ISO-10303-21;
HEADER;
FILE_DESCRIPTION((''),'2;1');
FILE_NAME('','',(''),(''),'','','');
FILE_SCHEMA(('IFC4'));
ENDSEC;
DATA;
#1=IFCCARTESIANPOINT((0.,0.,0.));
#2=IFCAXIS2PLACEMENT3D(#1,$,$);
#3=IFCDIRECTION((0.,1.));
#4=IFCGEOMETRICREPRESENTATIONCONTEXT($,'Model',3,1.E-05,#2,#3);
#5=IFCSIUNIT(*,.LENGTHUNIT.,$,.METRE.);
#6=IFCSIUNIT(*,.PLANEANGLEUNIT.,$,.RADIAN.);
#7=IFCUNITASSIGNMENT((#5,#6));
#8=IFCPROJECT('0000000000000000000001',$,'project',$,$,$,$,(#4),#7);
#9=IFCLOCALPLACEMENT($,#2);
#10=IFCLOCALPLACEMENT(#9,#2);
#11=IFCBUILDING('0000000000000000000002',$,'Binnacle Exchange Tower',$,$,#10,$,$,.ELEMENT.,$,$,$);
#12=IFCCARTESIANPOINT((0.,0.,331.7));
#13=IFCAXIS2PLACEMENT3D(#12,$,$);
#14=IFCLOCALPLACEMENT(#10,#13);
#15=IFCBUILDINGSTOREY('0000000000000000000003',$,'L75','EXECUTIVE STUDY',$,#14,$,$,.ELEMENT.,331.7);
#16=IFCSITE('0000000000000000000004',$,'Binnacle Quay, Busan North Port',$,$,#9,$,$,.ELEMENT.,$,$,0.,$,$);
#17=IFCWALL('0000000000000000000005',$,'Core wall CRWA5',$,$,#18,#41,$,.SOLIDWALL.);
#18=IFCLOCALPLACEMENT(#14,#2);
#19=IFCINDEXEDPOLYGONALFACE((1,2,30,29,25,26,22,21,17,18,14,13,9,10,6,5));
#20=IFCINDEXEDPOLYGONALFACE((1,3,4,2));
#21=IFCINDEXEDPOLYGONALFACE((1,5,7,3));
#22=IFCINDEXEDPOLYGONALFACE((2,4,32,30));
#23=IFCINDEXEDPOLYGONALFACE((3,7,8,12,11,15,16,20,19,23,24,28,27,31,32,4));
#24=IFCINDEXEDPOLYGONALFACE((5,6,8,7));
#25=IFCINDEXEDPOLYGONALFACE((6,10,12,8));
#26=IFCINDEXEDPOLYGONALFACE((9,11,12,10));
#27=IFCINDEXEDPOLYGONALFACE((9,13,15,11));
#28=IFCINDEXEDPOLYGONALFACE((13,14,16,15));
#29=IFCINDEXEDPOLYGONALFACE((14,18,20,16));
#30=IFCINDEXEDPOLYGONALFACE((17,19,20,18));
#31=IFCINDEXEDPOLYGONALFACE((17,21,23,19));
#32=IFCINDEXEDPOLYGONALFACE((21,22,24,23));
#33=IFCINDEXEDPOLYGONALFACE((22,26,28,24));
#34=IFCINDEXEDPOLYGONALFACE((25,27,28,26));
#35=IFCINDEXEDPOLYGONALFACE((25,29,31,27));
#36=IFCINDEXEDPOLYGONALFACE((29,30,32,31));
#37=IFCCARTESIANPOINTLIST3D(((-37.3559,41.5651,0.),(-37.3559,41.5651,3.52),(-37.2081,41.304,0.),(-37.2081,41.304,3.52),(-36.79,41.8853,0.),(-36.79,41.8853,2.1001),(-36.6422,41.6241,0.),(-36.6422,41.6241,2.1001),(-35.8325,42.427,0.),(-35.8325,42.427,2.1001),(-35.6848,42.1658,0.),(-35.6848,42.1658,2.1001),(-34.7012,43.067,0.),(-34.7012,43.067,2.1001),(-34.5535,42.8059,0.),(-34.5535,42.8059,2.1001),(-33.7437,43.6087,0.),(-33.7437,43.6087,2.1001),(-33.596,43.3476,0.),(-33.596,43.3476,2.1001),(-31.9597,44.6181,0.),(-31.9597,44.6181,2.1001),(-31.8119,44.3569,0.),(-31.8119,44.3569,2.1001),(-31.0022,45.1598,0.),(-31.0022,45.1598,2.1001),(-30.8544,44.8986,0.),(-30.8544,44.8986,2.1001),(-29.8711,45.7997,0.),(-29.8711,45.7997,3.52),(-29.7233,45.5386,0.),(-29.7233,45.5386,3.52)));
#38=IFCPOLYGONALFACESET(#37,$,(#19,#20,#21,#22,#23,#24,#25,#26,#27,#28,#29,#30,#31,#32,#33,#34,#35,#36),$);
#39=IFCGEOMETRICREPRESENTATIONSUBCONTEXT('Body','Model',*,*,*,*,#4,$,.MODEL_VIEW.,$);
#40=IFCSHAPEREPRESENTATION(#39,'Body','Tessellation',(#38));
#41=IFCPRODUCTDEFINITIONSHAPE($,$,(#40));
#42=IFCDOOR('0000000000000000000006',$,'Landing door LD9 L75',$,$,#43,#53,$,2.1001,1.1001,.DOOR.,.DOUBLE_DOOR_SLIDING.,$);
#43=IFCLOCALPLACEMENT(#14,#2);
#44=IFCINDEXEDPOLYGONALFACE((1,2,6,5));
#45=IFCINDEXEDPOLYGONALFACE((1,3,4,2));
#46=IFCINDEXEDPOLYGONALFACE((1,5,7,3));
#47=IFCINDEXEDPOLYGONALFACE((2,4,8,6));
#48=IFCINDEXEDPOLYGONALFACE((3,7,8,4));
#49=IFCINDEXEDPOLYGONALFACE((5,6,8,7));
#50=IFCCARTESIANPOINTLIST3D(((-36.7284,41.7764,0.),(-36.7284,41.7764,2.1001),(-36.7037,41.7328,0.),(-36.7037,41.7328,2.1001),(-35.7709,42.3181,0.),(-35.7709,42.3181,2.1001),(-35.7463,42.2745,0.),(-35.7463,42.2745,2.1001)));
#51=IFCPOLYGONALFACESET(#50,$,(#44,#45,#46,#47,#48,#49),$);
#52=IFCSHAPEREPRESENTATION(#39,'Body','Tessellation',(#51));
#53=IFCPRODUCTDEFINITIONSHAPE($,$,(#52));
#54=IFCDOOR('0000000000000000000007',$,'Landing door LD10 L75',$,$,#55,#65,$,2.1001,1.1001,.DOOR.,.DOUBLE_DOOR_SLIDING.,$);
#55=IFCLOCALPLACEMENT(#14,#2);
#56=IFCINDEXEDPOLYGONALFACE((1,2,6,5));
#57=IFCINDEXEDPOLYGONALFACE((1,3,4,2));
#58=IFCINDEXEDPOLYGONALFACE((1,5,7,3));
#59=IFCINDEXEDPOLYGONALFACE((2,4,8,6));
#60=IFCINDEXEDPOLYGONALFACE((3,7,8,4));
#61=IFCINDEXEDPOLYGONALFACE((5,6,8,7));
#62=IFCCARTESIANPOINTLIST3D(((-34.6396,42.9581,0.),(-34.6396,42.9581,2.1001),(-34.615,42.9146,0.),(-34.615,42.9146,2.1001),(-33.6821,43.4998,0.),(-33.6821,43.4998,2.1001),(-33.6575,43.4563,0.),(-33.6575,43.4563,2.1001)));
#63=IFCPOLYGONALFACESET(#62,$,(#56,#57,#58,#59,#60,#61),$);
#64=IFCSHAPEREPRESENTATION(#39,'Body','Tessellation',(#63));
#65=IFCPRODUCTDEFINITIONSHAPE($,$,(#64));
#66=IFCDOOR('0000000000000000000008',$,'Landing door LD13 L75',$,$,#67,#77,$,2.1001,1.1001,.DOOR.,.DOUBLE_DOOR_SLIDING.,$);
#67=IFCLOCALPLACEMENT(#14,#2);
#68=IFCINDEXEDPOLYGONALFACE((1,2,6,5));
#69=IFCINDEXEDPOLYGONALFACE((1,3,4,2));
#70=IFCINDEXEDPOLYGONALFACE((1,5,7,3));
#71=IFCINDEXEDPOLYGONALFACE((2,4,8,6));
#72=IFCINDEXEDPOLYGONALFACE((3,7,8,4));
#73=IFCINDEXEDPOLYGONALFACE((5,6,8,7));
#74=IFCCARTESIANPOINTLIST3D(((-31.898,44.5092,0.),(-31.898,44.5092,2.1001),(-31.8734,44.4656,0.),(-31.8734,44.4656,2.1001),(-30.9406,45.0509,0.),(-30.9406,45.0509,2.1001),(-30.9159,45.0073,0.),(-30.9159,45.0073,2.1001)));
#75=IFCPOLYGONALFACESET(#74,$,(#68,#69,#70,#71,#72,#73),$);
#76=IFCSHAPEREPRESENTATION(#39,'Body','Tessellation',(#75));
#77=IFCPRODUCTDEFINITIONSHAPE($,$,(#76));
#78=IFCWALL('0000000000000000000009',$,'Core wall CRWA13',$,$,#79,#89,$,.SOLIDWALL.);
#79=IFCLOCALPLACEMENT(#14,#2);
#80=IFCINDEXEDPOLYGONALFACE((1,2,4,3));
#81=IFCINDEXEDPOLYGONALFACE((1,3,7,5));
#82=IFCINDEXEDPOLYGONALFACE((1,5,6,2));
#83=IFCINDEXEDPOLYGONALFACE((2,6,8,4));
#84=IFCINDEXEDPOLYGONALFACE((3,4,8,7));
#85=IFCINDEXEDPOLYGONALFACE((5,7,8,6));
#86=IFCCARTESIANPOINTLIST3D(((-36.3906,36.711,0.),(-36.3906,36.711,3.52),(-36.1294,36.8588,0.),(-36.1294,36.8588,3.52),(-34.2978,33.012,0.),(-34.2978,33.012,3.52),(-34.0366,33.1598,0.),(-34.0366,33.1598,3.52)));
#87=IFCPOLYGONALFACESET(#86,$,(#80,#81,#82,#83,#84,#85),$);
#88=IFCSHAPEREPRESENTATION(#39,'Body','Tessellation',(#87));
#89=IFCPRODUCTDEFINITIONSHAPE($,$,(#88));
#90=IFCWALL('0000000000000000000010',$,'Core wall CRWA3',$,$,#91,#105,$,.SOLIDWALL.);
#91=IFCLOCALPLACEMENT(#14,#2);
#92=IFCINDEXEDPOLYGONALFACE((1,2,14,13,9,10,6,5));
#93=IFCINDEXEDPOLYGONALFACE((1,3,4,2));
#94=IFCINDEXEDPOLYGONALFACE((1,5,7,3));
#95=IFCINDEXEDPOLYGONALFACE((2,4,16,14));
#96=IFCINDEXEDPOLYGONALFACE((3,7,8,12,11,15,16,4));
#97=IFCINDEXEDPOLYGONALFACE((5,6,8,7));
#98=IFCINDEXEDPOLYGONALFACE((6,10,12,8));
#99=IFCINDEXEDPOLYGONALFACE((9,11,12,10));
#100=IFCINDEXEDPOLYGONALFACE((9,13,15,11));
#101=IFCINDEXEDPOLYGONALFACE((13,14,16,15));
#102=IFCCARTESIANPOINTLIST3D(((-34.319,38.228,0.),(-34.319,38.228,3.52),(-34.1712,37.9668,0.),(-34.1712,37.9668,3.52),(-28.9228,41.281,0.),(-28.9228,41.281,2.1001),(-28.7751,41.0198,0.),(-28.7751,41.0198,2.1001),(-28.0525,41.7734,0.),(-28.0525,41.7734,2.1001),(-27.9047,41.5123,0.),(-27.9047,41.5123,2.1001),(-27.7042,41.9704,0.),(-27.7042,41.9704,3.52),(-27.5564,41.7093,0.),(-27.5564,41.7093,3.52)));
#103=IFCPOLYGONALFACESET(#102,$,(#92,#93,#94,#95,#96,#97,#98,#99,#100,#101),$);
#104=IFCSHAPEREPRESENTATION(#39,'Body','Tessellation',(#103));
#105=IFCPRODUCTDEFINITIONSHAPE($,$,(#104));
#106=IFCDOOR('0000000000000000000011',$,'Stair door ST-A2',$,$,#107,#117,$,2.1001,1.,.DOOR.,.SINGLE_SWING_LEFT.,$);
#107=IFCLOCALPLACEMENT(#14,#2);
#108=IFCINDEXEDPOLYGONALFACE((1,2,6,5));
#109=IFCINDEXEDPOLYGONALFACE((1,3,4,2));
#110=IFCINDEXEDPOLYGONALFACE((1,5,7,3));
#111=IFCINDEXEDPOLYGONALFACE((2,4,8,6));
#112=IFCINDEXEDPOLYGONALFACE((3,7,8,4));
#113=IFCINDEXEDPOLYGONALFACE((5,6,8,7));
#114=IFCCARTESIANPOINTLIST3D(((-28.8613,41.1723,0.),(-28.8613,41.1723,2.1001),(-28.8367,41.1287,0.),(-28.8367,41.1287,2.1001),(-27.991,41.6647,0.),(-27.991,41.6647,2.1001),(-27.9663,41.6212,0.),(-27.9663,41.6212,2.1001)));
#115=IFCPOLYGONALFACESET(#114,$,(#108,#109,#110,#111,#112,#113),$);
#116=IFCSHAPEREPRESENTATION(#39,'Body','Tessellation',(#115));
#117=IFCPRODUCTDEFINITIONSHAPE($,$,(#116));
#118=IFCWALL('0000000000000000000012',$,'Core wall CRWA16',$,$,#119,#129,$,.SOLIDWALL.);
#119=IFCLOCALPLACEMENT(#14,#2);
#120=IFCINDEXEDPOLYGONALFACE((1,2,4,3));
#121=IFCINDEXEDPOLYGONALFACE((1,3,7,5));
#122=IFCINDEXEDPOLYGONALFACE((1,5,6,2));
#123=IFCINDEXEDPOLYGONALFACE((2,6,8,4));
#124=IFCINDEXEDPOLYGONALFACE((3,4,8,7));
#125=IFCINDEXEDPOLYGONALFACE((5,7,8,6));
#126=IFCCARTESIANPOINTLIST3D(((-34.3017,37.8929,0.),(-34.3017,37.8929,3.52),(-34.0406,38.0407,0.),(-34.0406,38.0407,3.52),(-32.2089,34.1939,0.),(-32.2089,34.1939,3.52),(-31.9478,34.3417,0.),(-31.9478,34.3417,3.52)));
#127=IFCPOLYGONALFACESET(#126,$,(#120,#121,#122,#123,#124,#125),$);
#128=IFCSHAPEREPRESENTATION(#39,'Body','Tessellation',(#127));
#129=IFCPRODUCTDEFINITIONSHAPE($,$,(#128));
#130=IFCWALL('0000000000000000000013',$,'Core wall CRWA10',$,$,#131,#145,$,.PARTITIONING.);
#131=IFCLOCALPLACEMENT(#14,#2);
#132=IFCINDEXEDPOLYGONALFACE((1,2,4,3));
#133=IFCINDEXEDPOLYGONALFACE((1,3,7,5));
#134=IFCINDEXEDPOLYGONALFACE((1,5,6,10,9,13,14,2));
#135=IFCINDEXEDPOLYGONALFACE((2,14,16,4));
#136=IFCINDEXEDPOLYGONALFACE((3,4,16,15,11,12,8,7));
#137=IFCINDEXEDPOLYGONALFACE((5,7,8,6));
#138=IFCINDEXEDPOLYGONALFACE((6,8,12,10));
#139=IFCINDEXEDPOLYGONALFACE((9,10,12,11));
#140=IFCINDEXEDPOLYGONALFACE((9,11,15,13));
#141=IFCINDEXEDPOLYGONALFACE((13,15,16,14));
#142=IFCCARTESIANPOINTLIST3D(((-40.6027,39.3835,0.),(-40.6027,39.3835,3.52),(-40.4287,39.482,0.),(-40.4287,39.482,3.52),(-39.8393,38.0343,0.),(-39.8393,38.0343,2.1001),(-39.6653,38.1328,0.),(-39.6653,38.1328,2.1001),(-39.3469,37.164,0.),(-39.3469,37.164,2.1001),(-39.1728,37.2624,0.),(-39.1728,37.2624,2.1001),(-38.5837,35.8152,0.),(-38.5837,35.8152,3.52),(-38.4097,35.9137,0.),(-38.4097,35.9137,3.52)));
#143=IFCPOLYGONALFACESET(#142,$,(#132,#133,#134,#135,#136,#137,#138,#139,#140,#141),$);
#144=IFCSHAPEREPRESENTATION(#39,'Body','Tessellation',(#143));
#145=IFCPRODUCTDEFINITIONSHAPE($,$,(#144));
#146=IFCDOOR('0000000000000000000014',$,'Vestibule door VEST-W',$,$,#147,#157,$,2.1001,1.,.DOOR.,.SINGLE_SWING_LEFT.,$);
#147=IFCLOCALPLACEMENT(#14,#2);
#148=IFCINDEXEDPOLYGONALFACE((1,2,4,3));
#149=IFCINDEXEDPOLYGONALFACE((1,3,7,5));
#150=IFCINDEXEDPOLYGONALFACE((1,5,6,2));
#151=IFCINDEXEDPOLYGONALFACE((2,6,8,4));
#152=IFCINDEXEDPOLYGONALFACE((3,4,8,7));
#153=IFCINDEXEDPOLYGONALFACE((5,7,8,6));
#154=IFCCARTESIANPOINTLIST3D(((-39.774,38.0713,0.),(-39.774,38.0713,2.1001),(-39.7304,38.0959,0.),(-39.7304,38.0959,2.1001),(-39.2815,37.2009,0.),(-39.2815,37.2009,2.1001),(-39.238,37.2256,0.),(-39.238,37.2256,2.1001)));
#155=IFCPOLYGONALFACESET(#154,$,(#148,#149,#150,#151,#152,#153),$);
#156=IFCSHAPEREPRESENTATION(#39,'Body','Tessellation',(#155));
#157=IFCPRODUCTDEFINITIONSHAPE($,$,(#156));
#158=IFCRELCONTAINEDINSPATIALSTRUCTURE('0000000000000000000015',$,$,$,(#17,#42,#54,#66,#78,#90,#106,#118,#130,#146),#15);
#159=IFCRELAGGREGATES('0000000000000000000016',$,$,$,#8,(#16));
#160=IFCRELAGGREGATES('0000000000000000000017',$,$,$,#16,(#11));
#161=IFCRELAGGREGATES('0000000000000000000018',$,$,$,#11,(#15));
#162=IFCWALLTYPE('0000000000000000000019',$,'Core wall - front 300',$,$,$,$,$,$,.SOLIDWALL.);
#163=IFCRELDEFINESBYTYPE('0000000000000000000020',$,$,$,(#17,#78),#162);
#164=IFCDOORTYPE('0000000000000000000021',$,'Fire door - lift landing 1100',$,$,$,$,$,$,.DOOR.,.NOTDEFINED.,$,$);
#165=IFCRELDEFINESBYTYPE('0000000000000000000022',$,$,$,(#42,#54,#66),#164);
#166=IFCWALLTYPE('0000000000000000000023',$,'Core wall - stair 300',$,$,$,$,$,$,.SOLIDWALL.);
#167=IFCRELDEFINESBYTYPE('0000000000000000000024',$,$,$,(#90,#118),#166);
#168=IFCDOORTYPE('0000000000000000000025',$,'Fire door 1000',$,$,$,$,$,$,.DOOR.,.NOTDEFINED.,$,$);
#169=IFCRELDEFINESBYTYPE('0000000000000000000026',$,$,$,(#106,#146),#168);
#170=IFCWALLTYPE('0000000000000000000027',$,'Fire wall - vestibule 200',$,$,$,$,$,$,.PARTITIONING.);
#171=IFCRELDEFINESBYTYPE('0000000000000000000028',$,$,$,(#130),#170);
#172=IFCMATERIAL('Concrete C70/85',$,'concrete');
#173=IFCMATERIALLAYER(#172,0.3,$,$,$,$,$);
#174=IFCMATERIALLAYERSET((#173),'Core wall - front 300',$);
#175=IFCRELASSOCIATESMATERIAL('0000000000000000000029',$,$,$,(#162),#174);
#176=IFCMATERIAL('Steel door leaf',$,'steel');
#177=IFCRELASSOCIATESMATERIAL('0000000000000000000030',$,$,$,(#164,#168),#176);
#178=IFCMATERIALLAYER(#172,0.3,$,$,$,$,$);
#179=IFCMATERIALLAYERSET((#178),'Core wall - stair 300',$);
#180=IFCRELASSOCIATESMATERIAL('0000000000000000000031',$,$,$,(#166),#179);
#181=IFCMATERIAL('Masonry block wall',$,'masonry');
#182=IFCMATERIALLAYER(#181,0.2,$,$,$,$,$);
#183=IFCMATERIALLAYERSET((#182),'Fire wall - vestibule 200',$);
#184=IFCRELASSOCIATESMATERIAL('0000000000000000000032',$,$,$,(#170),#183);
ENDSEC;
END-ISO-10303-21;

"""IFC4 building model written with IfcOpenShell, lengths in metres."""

from ifc_helpers import new_model, si_unit, direction, frame, frame_2d, origin, place, context, subcontext, project, spatial, rectangle, extrude, material, layer, layer_set, type_object, element, fill, save


model = new_model("IFC4")

# Units and contexts
model_context = context("Model", 3, precision=1e-05, world=origin(), true_north=direction((0.0, 1.0)))
body_context = subcontext(model_context, "Body", "Model", "MODEL_VIEW")
ifc_project = project(units=[si_unit("LENGTHUNIT", "METRE"), si_unit("PLANEANGLEUNIT", "RADIAN")], contexts=[model_context])

# Site, building, storey
site_placement = place(None, origin())
site = spatial("IfcSite", under=ifc_project, at=site_placement, Name="Binnacle Quay, Busan North Port", CompositionType="ELEMENT", RefElevation=0.0)
building_placement = place(site_placement, origin())
building = spatial("IfcBuilding", under=site, at=building_placement, Name="Binnacle Exchange Tower", CompositionType="ELEMENT")
storey_placement = place(building_placement, frame((0.0, 0.0, 331.7)))
storey = spatial("IfcBuildingStorey", under=building, at=storey_placement, Name="L75", Description="EXECUTIVE STUDY", CompositionType="ELEMENT", Elevation=331.7)

# Wall, openings, doors
ifc_material_1 = material(Name="Concrete C70/85", Category="concrete")
ifc_layer_1 = layer(ifc_material_1, 0.3)
ifc_layer_set_1 = layer_set([ifc_layer_1], Name="Core wall - front 300")
wall_type_1 = type_object("IfcWallType", Name="Core wall - front 300", PredefinedType="SOLIDWALL", material=ifc_layer_set_1)
wall_1_placement = place(storey_placement, frame((-37.282, 41.4346, 0.0), z_axis=(0.0, 0.0, 1.0), x_axis=(0.870361, 0.492414, 0.0)))
wall_1 = element("IfcWall", 1, at=wall_1_placement, inside=storey, type_object=wall_type_1, Name="Core wall CRWA5", PredefinedType="SOLIDWALL", context=body_context, shape_type="SweptSolid", body=[
    extrude(rectangle(XDim=8.5996, YDim=0.3, at=frame_2d((4.2998, 0.0))), origin(), (0.0, 0.0, 1.0), 3.52),
])
opening_1_placement = place(wall_1_placement, frame((0.6501, 0.0, 0.0)))
opening_1 = element("IfcOpeningElement", 2, at=opening_1_placement, cuts=wall_1, PredefinedType="OPENING", context=body_context, shape_type="SweptSolid", body=[
    extrude(rectangle(XDim=1.1001, YDim=2.1001, at=frame_2d((0.55, 1.05))), frame((0.0, 0.1599, 0.0), z_axis=(0.0, -1.0, 0.0), x_axis=(1.0, 0.0, 0.0)), (0.0, 0.0, 1.0), 0.3201),
])
opening_2_placement = place(wall_1_placement, frame((3.05, 0.0, 0.0)))
opening_2 = element("IfcOpeningElement", 3, at=opening_2_placement, cuts=wall_1, PredefinedType="OPENING", context=body_context, shape_type="SweptSolid", body=[
    extrude(rectangle(XDim=1.1001, YDim=2.1001, at=frame_2d((0.55, 1.05))), frame((0.0, 0.1599, 0.0), z_axis=(0.0, -1.0, 0.0), x_axis=(1.0, 0.0, 0.0)), (0.0, 0.0, 1.0), 0.3201),
])
opening_3_placement = place(wall_1_placement, frame((6.2, 0.0, 0.0)))
opening_3 = element("IfcOpeningElement", 4, at=opening_3_placement, cuts=wall_1, PredefinedType="OPENING", context=body_context, shape_type="SweptSolid", body=[
    extrude(rectangle(XDim=1.1001, YDim=2.1001, at=frame_2d((0.55, 1.05))), frame((0.0, 0.1599, 0.0), z_axis=(0.0, -1.0, 0.0), x_axis=(1.0, 0.0, 0.0)), (0.0, 0.0, 1.0), 0.3201),
])
ifc_material_2 = material(Name="Steel door leaf", Category="steel")
door_type_1 = type_object("IfcDoorType", Name="Fire door - lift landing 1100", OperationType="NOTDEFINED", PredefinedType="DOOR", material=ifc_material_2)
door_1_placement = place(opening_1_placement, origin())
door_1 = element("IfcDoor", 5, at=door_1_placement, inside=storey, type_object=door_type_1, Name="Landing door LD9 L75", OperationType="DOUBLE_DOOR_SLIDING", OverallHeight=2.1001, OverallWidth=1.1001, PredefinedType="DOOR", context=body_context, shape_type="SweptSolid", body=[
    extrude(rectangle(XDim=1.1001, YDim=2.1001, at=frame_2d((0.55, 1.05))), frame((0.0, 0.0249, 0.0), z_axis=(0.0, -1.0, 0.0), x_axis=(1.0, 0.0, 0.0)), (0.0, 0.0, 1.0), 0.05),
])
fill(opening_1, door_1)
door_2_placement = place(opening_2_placement, origin())
door_2 = element("IfcDoor", 6, at=door_2_placement, inside=storey, type_object=door_type_1, Name="Landing door LD10 L75", OperationType="DOUBLE_DOOR_SLIDING", OverallHeight=2.1001, OverallWidth=1.1001, PredefinedType="DOOR", context=body_context, shape_type="SweptSolid", body=[
    extrude(rectangle(XDim=1.1001, YDim=2.1001, at=frame_2d((0.55, 1.05))), frame((0.0, 0.0249, 0.0), z_axis=(0.0, -1.0, 0.0), x_axis=(1.0, 0.0, 0.0)), (0.0, 0.0, 1.0), 0.05),
])
fill(opening_2, door_2)
door_3_placement = place(opening_3_placement, origin())
door_3 = element("IfcDoor", 7, at=door_3_placement, inside=storey, type_object=door_type_1, Name="Landing door LD13 L75", OperationType="DOUBLE_DOOR_SLIDING", OverallHeight=2.1001, OverallWidth=1.1001, PredefinedType="DOOR", context=body_context, shape_type="SweptSolid", body=[
    extrude(rectangle(XDim=1.1001, YDim=2.1001, at=frame_2d((0.55, 1.05))), frame((0.0, 0.0249, 0.0), z_axis=(0.0, -1.0, 0.0), x_axis=(1.0, 0.0, 0.0)), (0.0, 0.0, 1.0), 0.05),
])
fill(opening_3, door_3)

# Wall
wall_2_placement = place(storey_placement, frame((-36.26, 36.7849, 0.0), z_axis=(0.0, 0.0, 1.0), x_axis=(0.492423, -0.870356, 0.0)))
element("IfcWall", 8, at=wall_2_placement, inside=storey, type_object=wall_type_1, Name="Core wall CRWA13", PredefinedType="SOLIDWALL", context=body_context, shape_type="SweptSolid", body=[
    extrude(rectangle(XDim=4.25, YDim=0.3, at=frame_2d((2.125, 0.0))), origin(), (0.0, 0.0, 1.0), 3.52),
])

# Wall, opening, door
ifc_layer_2 = layer(ifc_material_1, 0.3)
ifc_layer_set_2 = layer_set([ifc_layer_2], Name="Core wall - stair 300")
wall_type_2 = type_object("IfcWallType", Name="Core wall - stair 300", PredefinedType="SOLIDWALL", material=ifc_layer_set_2)
wall_3_placement = place(storey_placement, frame((-34.2451, 38.0974, 0.0), z_axis=(0.0, 0.0, 1.0), x_axis=(0.870356, 0.492422, 0.0)))
wall_3 = element("IfcWall", 9, at=wall_3_placement, inside=storey, type_object=wall_type_2, Name="Core wall CRWA3", PredefinedType="SOLIDWALL", context=body_context, shape_type="SweptSolid", body=[
    extrude(rectangle(XDim=7.6001, YDim=0.3, at=frame_2d((3.8, 0.0))), origin(), (0.0, 0.0, 1.0), 3.52),
])
opening_4_placement = place(wall_3_placement, frame((6.2, 0.0, 0.0)))
opening_4 = element("IfcOpeningElement", 10, at=opening_4_placement, cuts=wall_3, PredefinedType="OPENING", context=body_context, shape_type="SweptSolid", body=[
    extrude(rectangle(XDim=1.0, YDim=2.1001, at=frame_2d((0.5, 1.05))), frame((0.0, 0.1599, 0.0), z_axis=(0.0, -1.0, 0.0), x_axis=(1.0, 0.0, 0.0)), (0.0, 0.0, 1.0), 0.3201),
])
door_type_2 = type_object("IfcDoorType", Name="Fire door 1000", OperationType="NOTDEFINED", PredefinedType="DOOR", material=ifc_material_2)
door_4_placement = place(opening_4_placement, frame((1.0, 0.0, 0.0), z_axis=(0.0, 0.0, 1.0), x_axis=(-1.0, 0.0, 0.0)))
door_4 = element("IfcDoor", 11, at=door_4_placement, inside=storey, type_object=door_type_2, Name="Stair door ST-A2", OperationType="SINGLE_SWING_LEFT", OverallHeight=2.1001, OverallWidth=1.0, PredefinedType="DOOR", context=body_context, shape_type="SweptSolid", body=[
    extrude(rectangle(XDim=1.0, YDim=2.1001, at=frame_2d((0.5, 1.05))), frame((0.0, 0.0249, 0.0), z_axis=(0.0, -1.0, 0.0), x_axis=(1.0, 0.0, 0.0)), (0.0, 0.0, 1.0), 0.05),
])
fill(opening_4, door_4)

# Wall
wall_4_placement = place(storey_placement, frame((-34.1711, 37.9668, 0.0), z_axis=(0.0, 0.0, 1.0), x_axis=(0.492423, -0.870356, 0.0)))
element("IfcWall", 12, at=wall_4_placement, inside=storey, type_object=wall_type_2, Name="Core wall CRWA16", PredefinedType="SOLIDWALL", context=body_context, shape_type="SweptSolid", body=[
    extrude(rectangle(XDim=4.25, YDim=0.3, at=frame_2d((2.125, 0.0))), origin(), (0.0, 0.0, 1.0), 3.52),
])

# Wall, opening, door
ifc_material_3 = material(Name="Masonry block wall", Category="masonry")
ifc_layer_3 = layer(ifc_material_3, 0.2)
ifc_layer_set_3 = layer_set([ifc_layer_3], Name="Fire wall - vestibule 200")
wall_type_3 = type_object("IfcWallType", Name="Fire wall - vestibule 200", PredefinedType="PARTITIONING", material=ifc_layer_set_3)
wall_5_placement = place(storey_placement, frame((-40.5156, 39.4326, 0.0), z_axis=(0.0, 0.0, 1.0), x_axis=(0.492454, -0.870339, 0.0)))
wall_5 = element("IfcWall", 13, at=wall_5_placement, inside=storey, type_object=wall_type_3, Name="Core wall CRWA10", PredefinedType="PARTITIONING", context=body_context, shape_type="SweptSolid", body=[
    extrude(rectangle(XDim=4.0999, YDim=0.2, at=frame_2d((2.0498, 0.0))), origin(), (0.0, 0.0, 1.0), 3.52),
])
opening_5_placement = place(wall_5_placement, frame((1.55, 0.0, 0.0)))
opening_5 = element("IfcOpeningElement", 14, at=opening_5_placement, cuts=wall_5, PredefinedType="OPENING", context=body_context, shape_type="SweptSolid", body=[
    extrude(rectangle(XDim=1.0, YDim=2.1001, at=frame_2d((0.5, 1.05))), frame((0.0, 0.1099, 0.0), z_axis=(0.0, -1.0, 0.0), x_axis=(1.0, 0.0, 0.0)), (0.0, 0.0, 1.0), 0.22),
])
door_5_placement = place(opening_5_placement, frame((1.0, 0.0, 0.0), z_axis=(0.0, 0.0, 1.0), x_axis=(-1.0, 0.0, 0.0)))
door_5 = element("IfcDoor", 15, at=door_5_placement, inside=storey, type_object=door_type_2, Name="Vestibule door VEST-W", OperationType="SINGLE_SWING_LEFT", OverallHeight=2.1001, OverallWidth=1.0, PredefinedType="DOOR", context=body_context, shape_type="SweptSolid", body=[
    extrude(rectangle(XDim=1.0, YDim=2.1001, at=frame_2d((0.5, 1.05))), frame((0.0, 0.0249, 0.0), z_axis=(0.0, -1.0, 0.0), x_axis=(1.0, 0.0, 0.0)), (0.0, 0.0, 1.0), 0.05),
])
fill(opening_5, door_5)

save(model, "model.ifc")
